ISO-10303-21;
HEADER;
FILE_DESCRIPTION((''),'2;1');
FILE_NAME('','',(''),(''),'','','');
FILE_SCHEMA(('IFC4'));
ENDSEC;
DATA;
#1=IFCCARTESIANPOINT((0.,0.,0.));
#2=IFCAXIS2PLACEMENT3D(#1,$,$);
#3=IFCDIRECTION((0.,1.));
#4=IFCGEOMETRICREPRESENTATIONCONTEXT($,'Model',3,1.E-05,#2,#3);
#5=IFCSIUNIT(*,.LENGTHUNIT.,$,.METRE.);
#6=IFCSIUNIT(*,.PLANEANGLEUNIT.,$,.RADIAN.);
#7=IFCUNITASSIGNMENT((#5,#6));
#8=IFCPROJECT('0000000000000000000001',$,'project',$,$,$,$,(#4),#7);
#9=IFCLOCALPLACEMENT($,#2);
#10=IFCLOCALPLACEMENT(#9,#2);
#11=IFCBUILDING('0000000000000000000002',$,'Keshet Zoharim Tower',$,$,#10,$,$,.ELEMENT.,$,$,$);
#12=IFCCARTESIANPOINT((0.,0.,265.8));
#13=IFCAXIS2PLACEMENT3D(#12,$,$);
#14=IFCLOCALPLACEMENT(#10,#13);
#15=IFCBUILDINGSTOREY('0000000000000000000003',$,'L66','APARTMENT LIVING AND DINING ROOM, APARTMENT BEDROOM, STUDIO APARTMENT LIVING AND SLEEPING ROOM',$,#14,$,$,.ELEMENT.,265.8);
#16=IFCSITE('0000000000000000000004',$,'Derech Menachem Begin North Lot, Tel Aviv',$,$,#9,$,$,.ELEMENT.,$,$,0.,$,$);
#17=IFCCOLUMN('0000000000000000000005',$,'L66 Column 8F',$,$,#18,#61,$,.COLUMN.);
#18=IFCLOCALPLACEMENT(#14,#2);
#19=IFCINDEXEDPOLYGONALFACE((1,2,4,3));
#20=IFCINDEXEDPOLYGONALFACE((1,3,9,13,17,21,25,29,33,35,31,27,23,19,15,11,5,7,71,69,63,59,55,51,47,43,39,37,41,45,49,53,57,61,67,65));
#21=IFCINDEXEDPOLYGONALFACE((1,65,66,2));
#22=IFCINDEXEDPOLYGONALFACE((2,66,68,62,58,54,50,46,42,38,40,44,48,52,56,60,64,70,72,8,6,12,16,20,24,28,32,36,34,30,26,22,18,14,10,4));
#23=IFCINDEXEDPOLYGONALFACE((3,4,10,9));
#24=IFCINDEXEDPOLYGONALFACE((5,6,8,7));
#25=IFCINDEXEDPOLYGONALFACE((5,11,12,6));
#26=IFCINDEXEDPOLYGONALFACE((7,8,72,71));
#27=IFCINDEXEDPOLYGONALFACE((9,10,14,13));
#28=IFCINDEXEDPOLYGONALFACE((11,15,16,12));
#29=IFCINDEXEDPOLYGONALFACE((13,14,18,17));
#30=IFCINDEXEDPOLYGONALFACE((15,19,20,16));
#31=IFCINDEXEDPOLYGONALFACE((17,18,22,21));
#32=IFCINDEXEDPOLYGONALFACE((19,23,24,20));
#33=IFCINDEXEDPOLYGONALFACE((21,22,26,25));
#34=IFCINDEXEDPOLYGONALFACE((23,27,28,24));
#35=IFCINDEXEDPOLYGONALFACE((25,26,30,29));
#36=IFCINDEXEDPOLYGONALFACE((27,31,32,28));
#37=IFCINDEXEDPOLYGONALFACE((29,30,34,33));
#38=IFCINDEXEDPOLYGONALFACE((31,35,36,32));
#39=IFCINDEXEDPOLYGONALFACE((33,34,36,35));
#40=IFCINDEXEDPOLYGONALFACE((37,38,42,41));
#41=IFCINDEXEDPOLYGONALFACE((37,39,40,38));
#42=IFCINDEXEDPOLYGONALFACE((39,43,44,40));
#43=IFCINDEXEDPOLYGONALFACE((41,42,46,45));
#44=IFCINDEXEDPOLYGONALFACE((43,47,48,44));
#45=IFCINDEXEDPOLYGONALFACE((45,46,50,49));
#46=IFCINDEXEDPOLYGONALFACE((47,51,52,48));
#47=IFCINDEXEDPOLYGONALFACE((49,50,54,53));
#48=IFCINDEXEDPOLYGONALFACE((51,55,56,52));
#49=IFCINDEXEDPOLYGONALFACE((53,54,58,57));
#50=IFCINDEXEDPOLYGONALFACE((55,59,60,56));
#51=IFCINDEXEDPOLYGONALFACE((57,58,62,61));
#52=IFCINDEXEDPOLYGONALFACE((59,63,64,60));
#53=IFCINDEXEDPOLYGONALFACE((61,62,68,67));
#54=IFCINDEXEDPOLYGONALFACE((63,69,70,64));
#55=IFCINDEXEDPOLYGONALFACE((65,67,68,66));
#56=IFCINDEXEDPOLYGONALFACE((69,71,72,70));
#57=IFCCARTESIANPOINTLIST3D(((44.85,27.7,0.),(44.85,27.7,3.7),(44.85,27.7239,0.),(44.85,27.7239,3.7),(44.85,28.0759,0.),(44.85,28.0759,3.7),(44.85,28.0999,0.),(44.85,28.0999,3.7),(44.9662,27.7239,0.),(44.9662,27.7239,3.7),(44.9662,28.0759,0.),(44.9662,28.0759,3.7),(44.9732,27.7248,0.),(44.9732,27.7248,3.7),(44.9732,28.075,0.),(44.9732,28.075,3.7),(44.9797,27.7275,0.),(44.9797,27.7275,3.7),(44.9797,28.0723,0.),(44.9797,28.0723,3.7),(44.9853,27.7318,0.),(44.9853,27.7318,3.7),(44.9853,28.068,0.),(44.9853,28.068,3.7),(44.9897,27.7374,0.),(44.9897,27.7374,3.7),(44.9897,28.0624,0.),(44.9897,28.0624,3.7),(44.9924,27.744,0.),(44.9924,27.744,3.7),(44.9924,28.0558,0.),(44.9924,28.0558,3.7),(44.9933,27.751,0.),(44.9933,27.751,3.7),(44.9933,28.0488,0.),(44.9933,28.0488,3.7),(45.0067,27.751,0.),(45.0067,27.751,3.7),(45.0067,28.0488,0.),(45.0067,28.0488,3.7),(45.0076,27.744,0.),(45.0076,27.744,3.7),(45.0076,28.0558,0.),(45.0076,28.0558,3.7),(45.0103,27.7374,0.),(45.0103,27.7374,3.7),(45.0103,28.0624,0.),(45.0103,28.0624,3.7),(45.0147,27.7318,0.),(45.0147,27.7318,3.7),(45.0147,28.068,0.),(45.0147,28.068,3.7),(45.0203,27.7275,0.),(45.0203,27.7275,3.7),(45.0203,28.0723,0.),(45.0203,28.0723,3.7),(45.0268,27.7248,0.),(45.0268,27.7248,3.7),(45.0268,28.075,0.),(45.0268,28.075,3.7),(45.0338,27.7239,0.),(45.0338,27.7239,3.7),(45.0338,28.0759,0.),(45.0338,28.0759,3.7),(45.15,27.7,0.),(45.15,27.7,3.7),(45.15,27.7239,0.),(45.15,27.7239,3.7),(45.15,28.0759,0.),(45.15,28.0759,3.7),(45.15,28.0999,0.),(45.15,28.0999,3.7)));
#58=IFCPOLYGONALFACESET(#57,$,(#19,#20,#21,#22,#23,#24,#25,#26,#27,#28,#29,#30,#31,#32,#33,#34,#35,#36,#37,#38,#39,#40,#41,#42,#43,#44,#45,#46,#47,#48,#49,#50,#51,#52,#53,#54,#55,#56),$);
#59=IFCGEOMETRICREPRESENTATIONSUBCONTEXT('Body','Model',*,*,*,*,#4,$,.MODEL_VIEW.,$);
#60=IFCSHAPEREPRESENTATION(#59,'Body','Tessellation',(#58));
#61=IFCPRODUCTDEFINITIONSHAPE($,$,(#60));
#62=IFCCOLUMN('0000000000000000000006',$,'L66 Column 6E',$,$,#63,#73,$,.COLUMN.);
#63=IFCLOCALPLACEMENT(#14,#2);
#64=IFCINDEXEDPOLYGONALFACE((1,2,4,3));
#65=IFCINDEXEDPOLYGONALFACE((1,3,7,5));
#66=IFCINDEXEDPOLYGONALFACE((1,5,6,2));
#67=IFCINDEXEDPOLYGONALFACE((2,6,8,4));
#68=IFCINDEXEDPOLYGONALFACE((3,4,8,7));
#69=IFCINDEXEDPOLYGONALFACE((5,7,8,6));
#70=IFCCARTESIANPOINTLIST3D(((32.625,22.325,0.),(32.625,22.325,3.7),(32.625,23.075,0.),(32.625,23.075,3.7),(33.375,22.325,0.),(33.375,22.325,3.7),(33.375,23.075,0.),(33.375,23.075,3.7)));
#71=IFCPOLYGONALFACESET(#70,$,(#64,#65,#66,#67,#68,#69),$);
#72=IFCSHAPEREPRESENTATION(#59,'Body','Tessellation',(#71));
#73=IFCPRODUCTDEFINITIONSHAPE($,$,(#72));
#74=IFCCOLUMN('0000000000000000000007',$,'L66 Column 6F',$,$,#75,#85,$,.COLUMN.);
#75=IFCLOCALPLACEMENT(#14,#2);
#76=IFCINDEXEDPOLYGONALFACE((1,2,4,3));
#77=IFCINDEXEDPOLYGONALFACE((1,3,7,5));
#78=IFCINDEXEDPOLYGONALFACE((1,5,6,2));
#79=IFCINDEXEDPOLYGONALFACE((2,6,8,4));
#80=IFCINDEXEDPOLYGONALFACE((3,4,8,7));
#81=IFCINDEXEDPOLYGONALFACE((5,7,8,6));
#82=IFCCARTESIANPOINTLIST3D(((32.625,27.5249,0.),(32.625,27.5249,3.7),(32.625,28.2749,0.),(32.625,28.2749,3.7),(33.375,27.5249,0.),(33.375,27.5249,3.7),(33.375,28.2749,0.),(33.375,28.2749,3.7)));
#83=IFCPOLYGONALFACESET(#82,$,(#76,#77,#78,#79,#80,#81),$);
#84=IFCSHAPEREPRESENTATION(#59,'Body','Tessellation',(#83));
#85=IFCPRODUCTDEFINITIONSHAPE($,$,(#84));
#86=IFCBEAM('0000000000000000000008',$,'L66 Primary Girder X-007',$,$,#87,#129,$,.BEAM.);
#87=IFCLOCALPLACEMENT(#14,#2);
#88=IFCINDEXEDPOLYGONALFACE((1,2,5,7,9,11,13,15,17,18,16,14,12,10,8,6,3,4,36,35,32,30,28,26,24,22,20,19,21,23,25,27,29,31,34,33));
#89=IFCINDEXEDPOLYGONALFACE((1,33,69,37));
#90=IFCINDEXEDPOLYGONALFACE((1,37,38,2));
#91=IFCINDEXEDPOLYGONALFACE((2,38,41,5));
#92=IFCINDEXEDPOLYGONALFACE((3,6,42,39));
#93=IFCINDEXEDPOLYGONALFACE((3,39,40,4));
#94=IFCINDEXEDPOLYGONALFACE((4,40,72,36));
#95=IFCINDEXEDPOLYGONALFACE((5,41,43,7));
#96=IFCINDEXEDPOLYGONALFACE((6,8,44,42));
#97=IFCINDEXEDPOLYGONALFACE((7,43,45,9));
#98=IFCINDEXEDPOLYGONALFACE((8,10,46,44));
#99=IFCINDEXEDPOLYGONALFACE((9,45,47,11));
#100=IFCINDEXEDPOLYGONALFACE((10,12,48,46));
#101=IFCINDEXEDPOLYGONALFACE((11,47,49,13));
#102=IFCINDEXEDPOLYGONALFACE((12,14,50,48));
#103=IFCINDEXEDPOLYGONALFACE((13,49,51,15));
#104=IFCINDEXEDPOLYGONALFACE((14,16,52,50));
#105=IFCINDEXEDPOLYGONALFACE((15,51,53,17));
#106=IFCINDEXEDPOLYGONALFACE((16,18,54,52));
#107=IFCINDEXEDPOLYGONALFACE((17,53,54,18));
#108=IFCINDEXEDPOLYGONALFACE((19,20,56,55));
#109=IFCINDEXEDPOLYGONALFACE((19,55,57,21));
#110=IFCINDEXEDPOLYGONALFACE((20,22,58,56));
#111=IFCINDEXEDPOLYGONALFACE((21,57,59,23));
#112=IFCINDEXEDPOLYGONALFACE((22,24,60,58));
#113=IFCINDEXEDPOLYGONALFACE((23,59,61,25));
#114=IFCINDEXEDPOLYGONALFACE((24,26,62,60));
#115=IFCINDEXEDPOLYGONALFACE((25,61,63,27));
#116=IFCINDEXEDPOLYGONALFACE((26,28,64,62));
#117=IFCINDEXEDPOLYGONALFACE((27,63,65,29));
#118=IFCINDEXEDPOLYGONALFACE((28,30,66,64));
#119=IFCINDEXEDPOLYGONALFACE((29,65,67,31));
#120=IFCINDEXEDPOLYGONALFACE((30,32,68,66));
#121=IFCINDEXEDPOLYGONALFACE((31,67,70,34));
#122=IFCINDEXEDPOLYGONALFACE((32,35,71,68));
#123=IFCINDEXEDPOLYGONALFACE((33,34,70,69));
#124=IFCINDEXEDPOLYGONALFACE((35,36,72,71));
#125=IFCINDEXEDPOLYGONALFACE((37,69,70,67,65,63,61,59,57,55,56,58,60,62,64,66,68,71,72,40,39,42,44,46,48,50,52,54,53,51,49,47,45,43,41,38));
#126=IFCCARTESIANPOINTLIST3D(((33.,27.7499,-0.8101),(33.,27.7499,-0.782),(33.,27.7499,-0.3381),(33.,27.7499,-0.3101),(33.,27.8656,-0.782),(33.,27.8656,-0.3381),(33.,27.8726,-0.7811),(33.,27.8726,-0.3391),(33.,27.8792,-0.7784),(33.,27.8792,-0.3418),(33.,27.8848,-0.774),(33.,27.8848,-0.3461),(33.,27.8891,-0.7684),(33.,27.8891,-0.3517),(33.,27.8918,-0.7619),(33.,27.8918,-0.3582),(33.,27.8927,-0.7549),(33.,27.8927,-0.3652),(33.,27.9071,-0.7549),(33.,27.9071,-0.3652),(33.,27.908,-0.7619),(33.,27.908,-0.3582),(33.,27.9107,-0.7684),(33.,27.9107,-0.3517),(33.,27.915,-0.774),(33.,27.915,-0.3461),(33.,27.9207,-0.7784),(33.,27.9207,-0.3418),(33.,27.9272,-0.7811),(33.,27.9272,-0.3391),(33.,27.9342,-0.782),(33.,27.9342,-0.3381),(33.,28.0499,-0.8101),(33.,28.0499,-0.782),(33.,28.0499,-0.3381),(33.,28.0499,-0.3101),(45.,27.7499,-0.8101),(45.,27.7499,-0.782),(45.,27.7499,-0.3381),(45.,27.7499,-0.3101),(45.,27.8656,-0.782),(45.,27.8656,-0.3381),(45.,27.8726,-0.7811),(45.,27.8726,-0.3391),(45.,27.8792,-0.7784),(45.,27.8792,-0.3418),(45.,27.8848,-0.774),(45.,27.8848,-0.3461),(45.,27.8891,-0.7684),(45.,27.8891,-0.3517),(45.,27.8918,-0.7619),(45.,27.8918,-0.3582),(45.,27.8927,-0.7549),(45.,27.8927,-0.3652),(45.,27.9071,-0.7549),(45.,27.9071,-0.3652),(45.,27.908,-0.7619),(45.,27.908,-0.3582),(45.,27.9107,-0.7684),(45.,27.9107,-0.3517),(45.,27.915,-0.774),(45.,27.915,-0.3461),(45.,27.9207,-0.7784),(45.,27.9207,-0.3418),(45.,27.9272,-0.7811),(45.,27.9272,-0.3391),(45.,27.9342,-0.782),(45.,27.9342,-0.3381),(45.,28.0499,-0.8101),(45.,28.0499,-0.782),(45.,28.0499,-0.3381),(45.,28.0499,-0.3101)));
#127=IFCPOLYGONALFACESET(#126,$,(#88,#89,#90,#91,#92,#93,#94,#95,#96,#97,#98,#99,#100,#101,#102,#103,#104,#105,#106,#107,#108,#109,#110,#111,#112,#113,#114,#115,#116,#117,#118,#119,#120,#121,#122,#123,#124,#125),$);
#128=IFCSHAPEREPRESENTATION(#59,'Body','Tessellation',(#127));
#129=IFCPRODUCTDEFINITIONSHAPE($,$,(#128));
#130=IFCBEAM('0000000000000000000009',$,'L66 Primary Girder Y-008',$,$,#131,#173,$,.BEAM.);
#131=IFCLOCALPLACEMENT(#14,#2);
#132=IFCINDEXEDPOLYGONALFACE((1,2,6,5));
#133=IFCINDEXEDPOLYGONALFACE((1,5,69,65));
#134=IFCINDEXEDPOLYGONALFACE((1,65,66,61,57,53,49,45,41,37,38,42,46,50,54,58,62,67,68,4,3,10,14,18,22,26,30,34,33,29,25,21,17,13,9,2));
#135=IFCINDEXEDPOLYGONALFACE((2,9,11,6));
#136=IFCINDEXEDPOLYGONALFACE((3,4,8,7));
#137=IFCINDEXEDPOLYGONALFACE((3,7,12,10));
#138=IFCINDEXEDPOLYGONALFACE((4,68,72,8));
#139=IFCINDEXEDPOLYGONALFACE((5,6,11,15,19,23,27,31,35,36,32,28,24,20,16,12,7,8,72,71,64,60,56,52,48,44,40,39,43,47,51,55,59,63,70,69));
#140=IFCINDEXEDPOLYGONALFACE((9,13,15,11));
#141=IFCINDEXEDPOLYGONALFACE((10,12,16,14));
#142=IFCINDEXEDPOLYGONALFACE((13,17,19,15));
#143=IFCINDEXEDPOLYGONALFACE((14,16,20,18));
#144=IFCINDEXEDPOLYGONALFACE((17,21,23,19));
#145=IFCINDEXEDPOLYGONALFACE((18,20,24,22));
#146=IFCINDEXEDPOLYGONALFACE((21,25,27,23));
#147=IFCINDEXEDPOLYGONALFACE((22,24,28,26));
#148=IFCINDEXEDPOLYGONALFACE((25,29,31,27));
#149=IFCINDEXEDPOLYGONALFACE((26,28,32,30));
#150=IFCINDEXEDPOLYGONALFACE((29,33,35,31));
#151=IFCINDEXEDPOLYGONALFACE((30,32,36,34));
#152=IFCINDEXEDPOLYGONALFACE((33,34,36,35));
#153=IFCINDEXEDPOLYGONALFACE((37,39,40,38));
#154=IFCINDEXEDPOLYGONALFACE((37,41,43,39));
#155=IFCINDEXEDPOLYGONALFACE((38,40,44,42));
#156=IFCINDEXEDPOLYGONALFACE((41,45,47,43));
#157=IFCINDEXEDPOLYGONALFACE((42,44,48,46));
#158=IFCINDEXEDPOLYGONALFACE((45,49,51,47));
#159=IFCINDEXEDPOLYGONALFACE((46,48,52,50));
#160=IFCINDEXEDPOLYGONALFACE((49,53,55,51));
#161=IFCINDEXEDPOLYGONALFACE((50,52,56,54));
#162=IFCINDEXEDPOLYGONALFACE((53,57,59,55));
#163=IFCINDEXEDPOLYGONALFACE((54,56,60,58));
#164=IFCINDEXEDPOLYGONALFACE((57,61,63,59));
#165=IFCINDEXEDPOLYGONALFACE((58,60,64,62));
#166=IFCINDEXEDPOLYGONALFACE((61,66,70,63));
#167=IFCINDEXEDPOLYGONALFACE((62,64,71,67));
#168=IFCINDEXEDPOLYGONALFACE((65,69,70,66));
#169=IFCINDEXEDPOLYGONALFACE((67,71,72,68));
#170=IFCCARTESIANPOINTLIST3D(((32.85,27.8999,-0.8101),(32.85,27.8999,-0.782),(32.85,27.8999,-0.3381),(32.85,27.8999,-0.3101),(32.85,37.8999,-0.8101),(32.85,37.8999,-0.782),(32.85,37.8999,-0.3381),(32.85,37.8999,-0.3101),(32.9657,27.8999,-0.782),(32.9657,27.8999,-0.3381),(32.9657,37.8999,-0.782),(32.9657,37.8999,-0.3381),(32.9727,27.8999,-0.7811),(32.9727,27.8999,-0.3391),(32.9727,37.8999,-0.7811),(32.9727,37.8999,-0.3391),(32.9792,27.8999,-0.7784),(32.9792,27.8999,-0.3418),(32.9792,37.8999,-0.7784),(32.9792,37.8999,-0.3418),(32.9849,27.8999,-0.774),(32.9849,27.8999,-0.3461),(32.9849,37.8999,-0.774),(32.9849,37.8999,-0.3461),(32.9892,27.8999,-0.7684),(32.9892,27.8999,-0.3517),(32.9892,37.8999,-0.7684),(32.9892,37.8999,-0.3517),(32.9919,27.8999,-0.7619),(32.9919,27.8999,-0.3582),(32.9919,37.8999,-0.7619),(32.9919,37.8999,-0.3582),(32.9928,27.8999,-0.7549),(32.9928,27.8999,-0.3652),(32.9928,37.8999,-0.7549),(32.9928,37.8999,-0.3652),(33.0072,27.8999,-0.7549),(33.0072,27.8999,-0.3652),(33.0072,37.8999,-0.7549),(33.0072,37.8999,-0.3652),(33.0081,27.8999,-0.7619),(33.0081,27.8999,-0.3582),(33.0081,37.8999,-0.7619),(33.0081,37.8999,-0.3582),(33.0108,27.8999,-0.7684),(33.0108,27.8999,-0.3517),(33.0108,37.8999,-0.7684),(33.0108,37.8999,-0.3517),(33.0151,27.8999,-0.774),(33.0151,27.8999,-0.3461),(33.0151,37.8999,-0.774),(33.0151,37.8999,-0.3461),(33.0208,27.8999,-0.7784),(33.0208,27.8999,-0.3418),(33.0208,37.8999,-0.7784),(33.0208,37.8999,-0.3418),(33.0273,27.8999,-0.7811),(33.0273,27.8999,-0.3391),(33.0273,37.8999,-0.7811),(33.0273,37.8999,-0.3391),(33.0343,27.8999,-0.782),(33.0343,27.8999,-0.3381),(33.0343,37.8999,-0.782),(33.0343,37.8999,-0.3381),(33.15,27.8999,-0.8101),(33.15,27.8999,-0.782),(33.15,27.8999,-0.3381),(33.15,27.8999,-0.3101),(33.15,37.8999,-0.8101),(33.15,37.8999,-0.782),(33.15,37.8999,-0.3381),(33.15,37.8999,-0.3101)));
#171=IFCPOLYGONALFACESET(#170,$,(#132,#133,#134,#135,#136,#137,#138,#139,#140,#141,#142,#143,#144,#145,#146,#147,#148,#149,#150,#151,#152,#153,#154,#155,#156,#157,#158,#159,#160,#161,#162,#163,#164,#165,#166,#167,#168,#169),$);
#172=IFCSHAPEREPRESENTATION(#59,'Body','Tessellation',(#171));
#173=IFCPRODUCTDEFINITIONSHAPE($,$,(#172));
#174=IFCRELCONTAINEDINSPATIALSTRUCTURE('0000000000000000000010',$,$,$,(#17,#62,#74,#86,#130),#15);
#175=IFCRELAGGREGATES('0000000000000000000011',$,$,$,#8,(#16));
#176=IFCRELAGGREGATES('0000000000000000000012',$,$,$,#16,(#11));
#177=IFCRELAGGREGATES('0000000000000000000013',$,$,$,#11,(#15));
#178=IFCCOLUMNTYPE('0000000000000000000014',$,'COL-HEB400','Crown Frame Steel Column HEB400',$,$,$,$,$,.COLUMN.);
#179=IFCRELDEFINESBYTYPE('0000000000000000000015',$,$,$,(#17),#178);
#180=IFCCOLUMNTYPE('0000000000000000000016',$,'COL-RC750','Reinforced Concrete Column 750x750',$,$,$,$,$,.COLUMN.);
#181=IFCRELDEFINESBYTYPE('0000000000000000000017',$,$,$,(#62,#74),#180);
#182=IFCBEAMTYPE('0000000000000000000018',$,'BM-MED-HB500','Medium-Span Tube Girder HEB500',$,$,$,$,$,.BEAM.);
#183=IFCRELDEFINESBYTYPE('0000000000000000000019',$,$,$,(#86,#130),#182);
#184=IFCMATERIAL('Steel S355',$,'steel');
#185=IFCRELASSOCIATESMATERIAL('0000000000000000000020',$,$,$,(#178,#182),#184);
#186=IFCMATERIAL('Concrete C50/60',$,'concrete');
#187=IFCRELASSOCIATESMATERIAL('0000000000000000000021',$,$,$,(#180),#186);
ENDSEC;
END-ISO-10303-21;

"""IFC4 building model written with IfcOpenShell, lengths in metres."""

from ifc_helpers import new_model, si_unit, direction, frame, origin, origin_2d, place, context, subcontext, project, spatial, rectangle, i_section, extrude, material, material_profile, profile_set, type_object, element, save


model = new_model("IFC4")

# Units and contexts
model_context = context("Model", 3, precision=1e-05, world=origin(), true_north=direction((0.0, 1.0)))
body_context = subcontext(model_context, "Body", "Model", "MODEL_VIEW")
ifc_project = project(units=[si_unit("LENGTHUNIT", "METRE"), si_unit("PLANEANGLEUNIT", "RADIAN")], contexts=[model_context])

# Site, building, storey
site_placement = place(None, origin())
site = spatial("IfcSite", under=ifc_project, at=site_placement, Name="Derech Menachem Begin North Lot, Tel Aviv", CompositionType="ELEMENT", RefElevation=0.0)
building_placement = place(site_placement, origin())
building = spatial("IfcBuilding", under=site, at=building_placement, Name="Keshet Zoharim Tower", CompositionType="ELEMENT")
storey_placement = place(building_placement, frame((0.0, 0.0, 265.8)))
storey = spatial("IfcBuildingStorey", under=building, at=storey_placement, Name="L66", Description="APARTMENT LIVING AND DINING ROOM, APARTMENT BEDROOM, STUDIO APARTMENT LIVING AND SLEEPING ROOM", CompositionType="ELEMENT", Elevation=265.8)

# Columns
ifc_material_1 = material(Name="Steel S355", Category="steel")
ifc_material_profile_1 = material_profile(ifc_material_1, i_section(OverallWidth=0.3, OverallDepth=0.3999, WebThickness=0.0134, FlangeThickness=0.0239, FilletRadius=0.0271, at=origin_2d()), Name="HEB400")
ifc_profile_set_1 = profile_set([ifc_material_profile_1], Name="Steel S355")
column_type_1 = type_object("IfcColumnType", Name="COL-HEB400", Description="Crown Frame Steel Column HEB400", PredefinedType="COLUMN", material=ifc_profile_set_1)
column_placement = place(storey_placement, frame((45.0, 27.8999, 0.0), z_axis=(0.0, 0.0, 1.0), x_axis=(1.0, 0.0, 0.0)))
element("IfcColumn", 1, at=column_placement, inside=storey, type_object=column_type_1, Name="L66 Column 8F", PredefinedType="COLUMN", context=body_context, shape_type="SweptSolid", body=[
    extrude(i_section(OverallWidth=0.3, OverallDepth=0.3999, WebThickness=0.0134, FlangeThickness=0.0239, FilletRadius=0.0271, at=origin_2d()), origin(), (0.0, 0.0, 1.0), 3.7),
])
ifc_material_2 = material(Name="Concrete C50/60", Category="concrete")
ifc_material_profile_2 = material_profile(ifc_material_2, rectangle(XDim=0.75, YDim=0.75, at=origin_2d()), Name="RC750x750")
ifc_profile_set_2 = profile_set([ifc_material_profile_2], Name="Concrete C50/60")
column_type_2 = type_object("IfcColumnType", Name="COL-RC750", Description="Reinforced Concrete Column 750x750", PredefinedType="COLUMN", material=ifc_profile_set_2)
for number, where, z_axis, x_axis, name in (
    (2, (33.0, 22.7, 0.0), (0.0, 0.0, 1.0), (1.0, 0.0, 0.0), "L66 Column 6E"),
    (3, (33.0, 27.8999, 0.0), (0.0, 0.0, 1.0), (1.0, 0.0, 0.0), "L66 Column 6F"),
):
    element("IfcColumn", number, at=place(storey_placement, frame(where, z_axis=z_axis, x_axis=x_axis)), inside=storey, type_object=column_type_2, Name=name, PredefinedType="COLUMN", context=body_context, shape_type="SweptSolid", body=[
        extrude(rectangle(XDim=0.75, YDim=0.75, at=origin_2d()), origin(), (0.0, 0.0, 1.0), 3.7),
    ])

# Beams
ifc_material_profile_3 = material_profile(ifc_material_1, i_section(OverallWidth=0.3, OverallDepth=0.5, WebThickness=0.0144, FlangeThickness=0.0281, FilletRadius=0.0271, at=origin_2d()), Name="HEB500")
ifc_profile_set_3 = profile_set([ifc_material_profile_3], Name="Steel S355")
beam_type_1 = type_object("IfcBeamType", Name="BM-MED-HB500", Description="Medium-Span Tube Girder HEB500", PredefinedType="BEAM", material=ifc_profile_set_3)
beam_1_placement = place(storey_placement, frame((33.0, 27.8999, -0.5601), z_axis=(1.0, 0.0, 0.0), x_axis=(0.0, 1.0, 0.0)))
element("IfcBeam", 4, at=beam_1_placement, inside=storey, type_object=beam_type_1, Name="L66 Primary Girder X-007", PredefinedType="BEAM", context=body_context, shape_type="SweptSolid", body=[
    extrude(i_section(OverallWidth=0.3, OverallDepth=0.5, WebThickness=0.0144, FlangeThickness=0.0281, FilletRadius=0.0271, at=origin_2d()), origin(), (0.0, 0.0, 1.0), 12.0),
])
beam_2_placement = place(storey_placement, frame((33.0, 27.8999, -0.5601), z_axis=(0.0, 1.0, 0.0), x_axis=(-1.0, 0.0, 0.0)))
element("IfcBeam", 5, at=beam_2_placement, inside=storey, type_object=beam_type_1, Name="L66 Primary Girder Y-008", PredefinedType="BEAM", context=body_context, shape_type="SweptSolid", body=[
    extrude(i_section(OverallWidth=0.3, OverallDepth=0.5, WebThickness=0.0144, FlangeThickness=0.0281, FilletRadius=0.0271, at=origin_2d()), origin(), (0.0, 0.0, 1.0), 10.0),
])

save(model, "model.ifc")
